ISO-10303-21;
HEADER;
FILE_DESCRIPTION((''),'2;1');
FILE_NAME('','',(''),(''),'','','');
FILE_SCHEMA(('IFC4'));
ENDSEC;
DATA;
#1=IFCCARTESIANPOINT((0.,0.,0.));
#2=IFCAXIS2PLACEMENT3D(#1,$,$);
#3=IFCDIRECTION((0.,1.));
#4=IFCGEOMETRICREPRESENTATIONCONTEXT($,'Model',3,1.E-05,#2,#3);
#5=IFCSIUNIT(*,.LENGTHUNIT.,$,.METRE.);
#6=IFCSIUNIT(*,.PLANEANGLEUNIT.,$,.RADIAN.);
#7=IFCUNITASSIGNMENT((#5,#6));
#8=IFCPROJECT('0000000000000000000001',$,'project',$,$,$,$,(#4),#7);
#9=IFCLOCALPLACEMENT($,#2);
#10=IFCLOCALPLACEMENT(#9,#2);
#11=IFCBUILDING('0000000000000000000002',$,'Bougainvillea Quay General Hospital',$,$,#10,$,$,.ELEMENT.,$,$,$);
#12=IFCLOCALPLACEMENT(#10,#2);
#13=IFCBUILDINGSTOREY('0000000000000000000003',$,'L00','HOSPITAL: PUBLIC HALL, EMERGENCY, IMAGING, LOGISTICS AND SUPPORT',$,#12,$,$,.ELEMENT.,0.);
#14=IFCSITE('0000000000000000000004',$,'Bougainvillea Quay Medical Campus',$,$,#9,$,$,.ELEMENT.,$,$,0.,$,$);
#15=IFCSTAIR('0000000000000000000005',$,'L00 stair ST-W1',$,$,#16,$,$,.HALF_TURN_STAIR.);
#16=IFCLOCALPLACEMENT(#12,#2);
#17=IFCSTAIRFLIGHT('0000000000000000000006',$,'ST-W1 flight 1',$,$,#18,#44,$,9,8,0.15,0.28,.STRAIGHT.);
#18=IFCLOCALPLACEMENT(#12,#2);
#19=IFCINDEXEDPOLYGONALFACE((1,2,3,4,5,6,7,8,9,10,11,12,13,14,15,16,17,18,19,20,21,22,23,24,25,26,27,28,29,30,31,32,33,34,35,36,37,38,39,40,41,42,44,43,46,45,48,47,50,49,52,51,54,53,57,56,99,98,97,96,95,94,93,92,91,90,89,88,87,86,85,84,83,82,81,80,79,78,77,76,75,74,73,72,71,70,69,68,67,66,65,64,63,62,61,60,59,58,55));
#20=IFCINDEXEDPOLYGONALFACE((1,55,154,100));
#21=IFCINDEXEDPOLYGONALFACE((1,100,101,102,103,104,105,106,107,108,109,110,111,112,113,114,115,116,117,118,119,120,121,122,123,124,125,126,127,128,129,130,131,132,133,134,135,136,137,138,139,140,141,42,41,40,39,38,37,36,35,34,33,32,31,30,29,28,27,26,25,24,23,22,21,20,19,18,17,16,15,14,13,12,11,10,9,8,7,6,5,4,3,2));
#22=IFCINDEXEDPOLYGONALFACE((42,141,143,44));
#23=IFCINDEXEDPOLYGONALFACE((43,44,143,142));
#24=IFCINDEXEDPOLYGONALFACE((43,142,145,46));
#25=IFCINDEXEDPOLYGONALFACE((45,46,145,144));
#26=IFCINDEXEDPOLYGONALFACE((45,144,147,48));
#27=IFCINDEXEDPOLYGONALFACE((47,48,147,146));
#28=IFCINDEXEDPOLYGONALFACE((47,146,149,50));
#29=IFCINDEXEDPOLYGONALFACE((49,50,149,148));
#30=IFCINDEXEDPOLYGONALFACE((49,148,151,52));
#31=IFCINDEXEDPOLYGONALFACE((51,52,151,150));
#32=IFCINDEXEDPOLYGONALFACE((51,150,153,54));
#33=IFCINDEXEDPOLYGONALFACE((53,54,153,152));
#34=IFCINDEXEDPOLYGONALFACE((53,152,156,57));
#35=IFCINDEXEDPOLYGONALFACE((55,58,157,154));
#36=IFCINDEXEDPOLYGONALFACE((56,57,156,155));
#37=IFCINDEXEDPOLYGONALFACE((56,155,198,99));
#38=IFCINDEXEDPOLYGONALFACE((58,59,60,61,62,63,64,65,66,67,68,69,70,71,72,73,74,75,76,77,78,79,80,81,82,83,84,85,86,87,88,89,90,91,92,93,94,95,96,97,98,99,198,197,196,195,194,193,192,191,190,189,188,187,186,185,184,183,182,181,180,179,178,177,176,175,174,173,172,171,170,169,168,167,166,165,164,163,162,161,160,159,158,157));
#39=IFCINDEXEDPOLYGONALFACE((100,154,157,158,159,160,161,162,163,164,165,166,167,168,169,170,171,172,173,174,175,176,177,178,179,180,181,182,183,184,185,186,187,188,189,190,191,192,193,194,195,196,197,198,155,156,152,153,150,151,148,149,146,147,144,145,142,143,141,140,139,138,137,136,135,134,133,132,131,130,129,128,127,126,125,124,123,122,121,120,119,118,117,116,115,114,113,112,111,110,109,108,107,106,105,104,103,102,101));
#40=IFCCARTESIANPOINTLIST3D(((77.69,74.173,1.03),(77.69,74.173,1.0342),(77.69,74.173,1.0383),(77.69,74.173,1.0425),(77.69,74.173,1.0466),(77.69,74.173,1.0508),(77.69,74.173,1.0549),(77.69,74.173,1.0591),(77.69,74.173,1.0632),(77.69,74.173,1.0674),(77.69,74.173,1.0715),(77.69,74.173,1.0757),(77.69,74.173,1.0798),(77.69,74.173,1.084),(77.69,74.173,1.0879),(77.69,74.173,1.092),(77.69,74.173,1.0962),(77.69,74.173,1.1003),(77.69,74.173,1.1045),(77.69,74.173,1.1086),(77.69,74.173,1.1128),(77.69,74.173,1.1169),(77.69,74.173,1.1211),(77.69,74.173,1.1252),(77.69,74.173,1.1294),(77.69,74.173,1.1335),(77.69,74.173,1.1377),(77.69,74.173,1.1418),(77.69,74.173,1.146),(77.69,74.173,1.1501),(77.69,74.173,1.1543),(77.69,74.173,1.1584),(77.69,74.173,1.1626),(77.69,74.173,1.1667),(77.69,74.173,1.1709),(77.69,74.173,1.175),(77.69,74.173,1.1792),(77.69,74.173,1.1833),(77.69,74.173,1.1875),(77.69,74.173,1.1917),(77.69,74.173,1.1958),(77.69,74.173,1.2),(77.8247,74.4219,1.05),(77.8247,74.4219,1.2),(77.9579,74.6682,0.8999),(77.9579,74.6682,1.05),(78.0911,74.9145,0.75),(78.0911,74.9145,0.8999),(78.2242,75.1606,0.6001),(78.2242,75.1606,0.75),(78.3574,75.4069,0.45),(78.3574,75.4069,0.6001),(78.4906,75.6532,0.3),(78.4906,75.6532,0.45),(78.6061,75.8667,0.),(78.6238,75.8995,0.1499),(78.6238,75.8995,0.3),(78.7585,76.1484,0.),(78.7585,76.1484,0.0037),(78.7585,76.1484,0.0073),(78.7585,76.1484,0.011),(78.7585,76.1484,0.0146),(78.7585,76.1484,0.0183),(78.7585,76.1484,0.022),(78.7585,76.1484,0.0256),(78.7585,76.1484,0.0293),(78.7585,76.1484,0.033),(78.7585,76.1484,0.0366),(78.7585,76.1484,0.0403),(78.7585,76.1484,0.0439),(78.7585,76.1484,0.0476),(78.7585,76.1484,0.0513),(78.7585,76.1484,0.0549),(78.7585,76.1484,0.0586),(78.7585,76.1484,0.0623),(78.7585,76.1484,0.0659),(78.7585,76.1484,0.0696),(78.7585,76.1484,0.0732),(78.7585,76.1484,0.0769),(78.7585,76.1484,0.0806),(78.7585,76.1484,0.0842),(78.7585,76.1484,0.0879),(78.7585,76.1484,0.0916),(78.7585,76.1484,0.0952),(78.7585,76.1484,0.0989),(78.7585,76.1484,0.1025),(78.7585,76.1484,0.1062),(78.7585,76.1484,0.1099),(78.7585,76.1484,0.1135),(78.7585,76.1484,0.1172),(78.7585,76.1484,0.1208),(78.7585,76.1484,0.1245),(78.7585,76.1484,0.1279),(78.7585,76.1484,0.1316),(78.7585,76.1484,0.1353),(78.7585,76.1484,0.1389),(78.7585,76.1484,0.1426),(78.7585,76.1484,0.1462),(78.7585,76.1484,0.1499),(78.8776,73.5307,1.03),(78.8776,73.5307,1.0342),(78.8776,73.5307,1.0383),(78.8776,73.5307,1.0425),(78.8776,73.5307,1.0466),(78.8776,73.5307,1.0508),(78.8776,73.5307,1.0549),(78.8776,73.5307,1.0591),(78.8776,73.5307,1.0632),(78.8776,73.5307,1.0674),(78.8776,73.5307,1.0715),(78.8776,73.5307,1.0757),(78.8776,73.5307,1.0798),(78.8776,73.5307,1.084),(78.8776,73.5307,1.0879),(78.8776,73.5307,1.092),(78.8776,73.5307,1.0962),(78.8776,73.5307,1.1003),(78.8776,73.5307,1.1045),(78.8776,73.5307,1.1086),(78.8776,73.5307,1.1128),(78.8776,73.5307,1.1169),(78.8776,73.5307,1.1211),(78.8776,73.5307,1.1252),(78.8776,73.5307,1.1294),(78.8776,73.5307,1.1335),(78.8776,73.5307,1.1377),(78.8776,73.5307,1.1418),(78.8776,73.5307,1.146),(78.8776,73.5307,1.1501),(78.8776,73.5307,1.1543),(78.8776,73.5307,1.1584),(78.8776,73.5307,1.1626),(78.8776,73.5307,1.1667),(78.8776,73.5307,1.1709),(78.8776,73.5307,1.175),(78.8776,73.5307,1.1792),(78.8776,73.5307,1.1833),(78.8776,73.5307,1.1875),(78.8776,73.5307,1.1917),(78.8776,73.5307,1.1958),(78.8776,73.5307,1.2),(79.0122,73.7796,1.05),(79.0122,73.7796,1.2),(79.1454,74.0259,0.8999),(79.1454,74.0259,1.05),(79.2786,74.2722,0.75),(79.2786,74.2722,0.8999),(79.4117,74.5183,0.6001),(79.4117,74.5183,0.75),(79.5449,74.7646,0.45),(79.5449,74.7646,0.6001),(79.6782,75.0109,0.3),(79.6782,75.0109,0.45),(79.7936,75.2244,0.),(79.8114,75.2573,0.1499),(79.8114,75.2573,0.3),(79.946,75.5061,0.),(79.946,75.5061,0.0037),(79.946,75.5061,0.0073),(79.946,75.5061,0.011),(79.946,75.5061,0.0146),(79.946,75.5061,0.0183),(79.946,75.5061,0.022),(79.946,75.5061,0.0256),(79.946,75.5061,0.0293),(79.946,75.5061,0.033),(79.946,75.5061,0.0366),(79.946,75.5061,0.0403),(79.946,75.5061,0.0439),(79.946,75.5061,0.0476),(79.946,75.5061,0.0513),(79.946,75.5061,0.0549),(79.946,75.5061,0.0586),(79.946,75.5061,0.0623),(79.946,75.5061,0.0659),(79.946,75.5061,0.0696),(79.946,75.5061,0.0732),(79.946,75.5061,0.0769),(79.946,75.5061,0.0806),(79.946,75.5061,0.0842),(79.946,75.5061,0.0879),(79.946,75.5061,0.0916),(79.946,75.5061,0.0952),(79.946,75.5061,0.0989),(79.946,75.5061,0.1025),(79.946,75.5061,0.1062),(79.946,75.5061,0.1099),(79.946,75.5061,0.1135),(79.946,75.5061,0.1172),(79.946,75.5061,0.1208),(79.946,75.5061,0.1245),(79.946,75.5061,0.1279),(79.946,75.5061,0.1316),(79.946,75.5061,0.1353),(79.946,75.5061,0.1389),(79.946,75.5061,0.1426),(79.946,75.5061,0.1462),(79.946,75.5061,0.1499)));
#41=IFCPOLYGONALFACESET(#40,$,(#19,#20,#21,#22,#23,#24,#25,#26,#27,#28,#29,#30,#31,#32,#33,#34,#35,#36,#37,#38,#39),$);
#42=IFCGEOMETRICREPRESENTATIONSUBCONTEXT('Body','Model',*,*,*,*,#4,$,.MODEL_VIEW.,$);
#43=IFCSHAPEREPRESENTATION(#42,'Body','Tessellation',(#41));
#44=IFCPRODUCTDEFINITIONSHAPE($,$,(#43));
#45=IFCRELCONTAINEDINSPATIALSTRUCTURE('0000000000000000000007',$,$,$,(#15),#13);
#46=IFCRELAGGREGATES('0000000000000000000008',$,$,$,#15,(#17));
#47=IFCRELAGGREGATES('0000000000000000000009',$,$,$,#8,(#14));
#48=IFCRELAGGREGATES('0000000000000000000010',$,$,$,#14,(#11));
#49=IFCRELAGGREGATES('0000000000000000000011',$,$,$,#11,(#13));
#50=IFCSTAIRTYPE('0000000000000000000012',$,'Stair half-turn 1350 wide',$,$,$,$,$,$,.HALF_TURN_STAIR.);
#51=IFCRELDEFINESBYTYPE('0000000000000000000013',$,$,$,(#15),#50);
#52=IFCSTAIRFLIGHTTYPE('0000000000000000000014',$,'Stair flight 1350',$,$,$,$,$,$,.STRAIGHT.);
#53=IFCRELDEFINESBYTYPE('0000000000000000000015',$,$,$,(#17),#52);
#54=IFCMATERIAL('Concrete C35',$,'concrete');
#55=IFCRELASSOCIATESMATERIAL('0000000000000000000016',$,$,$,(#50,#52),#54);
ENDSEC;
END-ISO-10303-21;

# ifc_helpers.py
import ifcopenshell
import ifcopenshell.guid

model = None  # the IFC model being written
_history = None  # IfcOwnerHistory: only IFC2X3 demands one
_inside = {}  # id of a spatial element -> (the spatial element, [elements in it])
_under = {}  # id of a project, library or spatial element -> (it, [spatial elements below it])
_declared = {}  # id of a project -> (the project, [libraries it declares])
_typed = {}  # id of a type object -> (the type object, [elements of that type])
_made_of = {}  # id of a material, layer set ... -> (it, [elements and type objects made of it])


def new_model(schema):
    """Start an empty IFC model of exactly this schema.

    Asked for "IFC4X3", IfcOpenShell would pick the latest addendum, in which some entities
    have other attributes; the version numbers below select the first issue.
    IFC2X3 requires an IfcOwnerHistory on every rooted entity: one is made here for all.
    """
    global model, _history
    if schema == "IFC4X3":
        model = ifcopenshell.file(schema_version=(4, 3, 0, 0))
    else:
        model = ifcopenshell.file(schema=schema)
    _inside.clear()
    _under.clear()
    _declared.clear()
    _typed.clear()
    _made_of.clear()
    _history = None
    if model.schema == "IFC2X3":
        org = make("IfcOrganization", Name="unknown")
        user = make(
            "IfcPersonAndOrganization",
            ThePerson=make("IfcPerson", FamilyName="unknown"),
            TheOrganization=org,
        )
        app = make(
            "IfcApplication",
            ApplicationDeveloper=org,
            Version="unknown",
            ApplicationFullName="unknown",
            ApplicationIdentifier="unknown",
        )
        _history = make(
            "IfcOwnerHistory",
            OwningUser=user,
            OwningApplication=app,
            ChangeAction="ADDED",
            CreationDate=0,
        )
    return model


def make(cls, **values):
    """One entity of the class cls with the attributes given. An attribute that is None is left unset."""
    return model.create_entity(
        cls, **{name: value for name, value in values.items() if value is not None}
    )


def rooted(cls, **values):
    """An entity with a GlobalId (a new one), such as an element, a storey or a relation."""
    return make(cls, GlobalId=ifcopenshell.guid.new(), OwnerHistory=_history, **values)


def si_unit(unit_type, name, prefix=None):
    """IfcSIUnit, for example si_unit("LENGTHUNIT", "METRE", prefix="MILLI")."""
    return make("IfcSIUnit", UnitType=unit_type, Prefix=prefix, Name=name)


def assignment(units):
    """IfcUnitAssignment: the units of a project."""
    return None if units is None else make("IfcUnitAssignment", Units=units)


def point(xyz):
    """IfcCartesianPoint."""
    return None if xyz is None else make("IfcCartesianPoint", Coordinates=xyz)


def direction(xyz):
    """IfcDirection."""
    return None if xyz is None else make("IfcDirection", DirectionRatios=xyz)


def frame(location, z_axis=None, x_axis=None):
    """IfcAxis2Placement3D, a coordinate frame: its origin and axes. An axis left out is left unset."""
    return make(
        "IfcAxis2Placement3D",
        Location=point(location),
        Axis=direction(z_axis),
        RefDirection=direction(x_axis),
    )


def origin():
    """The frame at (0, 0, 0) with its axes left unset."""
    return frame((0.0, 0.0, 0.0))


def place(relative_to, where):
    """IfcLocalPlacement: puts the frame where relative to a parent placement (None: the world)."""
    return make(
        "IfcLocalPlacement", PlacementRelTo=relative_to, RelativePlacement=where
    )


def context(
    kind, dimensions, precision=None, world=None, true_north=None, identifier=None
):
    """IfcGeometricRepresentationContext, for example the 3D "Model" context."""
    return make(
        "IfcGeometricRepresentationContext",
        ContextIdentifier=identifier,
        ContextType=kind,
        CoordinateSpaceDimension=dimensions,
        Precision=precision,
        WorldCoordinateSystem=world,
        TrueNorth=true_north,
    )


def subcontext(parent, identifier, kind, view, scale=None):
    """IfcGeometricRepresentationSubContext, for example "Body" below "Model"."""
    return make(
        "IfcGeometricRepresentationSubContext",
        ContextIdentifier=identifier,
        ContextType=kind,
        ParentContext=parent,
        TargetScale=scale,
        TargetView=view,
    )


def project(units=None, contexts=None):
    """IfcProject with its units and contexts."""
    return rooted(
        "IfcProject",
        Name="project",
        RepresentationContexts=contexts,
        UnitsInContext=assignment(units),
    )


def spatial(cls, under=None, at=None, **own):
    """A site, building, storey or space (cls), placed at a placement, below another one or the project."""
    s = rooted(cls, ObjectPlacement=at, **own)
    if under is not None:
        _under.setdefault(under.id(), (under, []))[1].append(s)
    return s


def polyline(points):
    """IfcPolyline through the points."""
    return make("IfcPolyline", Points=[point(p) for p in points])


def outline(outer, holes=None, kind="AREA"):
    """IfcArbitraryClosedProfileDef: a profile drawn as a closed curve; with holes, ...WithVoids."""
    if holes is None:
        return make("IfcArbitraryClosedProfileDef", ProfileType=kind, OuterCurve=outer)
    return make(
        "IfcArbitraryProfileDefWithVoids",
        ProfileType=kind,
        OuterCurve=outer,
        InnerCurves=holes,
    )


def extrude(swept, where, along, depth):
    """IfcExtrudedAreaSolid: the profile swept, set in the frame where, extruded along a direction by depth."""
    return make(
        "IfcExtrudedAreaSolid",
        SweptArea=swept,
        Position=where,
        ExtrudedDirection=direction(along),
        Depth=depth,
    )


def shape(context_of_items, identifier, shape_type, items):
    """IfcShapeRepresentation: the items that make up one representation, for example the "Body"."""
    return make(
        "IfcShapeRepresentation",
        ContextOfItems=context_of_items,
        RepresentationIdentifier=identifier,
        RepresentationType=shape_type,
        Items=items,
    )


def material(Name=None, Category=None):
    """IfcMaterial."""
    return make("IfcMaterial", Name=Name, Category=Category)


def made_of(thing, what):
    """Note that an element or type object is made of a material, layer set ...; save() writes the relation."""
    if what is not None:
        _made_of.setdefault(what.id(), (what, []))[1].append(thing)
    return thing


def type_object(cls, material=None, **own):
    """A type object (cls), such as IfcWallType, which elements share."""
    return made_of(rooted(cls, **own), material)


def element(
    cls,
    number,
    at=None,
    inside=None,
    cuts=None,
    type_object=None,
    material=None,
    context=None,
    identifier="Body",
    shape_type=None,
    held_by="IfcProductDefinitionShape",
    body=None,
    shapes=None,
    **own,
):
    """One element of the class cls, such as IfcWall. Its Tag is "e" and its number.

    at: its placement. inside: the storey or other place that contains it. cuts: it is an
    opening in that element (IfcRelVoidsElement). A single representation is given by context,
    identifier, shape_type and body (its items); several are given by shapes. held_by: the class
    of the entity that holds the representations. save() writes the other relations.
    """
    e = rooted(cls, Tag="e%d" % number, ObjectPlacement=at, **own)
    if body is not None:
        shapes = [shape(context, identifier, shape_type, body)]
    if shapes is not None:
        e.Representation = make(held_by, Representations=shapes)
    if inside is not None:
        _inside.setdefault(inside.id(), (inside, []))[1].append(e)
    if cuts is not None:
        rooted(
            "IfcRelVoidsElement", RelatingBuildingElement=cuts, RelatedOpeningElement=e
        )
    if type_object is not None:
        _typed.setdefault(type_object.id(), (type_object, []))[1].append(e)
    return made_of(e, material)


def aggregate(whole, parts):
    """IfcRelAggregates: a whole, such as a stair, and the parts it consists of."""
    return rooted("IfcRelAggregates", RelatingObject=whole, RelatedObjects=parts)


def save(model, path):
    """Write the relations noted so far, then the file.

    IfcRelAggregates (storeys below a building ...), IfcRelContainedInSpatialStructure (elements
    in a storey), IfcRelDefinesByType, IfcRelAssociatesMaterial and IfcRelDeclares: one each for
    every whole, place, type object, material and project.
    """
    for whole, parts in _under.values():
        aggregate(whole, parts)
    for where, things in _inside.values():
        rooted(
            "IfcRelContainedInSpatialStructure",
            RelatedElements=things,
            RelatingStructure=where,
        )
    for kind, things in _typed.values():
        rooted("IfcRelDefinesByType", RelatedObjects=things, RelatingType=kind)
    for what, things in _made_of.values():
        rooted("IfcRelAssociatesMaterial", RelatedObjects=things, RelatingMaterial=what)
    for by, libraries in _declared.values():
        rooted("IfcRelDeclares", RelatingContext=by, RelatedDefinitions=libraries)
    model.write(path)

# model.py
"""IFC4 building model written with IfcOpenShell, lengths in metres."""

from ifc_helpers import new_model, si_unit, direction, frame, origin, place, context, subcontext, project, spatial, polyline, outline, extrude, material, type_object, element, aggregate, save


model = new_model("IFC4")

# Units and contexts
model_context = context("Model", 3, precision=1e-05, world=origin(), true_north=direction((0.0, 1.0)))
body_context = subcontext(model_context, "Body", "Model", "MODEL_VIEW")
ifc_project = project(units=[si_unit("LENGTHUNIT", "METRE"), si_unit("PLANEANGLEUNIT", "RADIAN")], contexts=[model_context])

# Site, building, storey
site_placement = place(None, origin())
site = spatial("IfcSite", under=ifc_project, at=site_placement, Name="Bougainvillea Quay Medical Campus", CompositionType="ELEMENT", RefElevation=0.0)
building_placement = place(site_placement, origin())
building = spatial("IfcBuilding", under=site, at=building_placement, Name="Bougainvillea Quay General Hospital", CompositionType="ELEMENT")
storey_placement = place(building_placement, origin())
storey = spatial("IfcBuildingStorey", under=building, at=storey_placement, Name="L00", Description="HOSPITAL: PUBLIC HALL, EMERGENCY, IMAGING, LOGISTICS AND SUPPORT", CompositionType="ELEMENT", Elevation=0.0)

# Stair, stair flight
ifc_material_1 = material(Name="Concrete C35", Category="concrete")
stair_type = type_object("IfcStairType", Name="Stair half-turn 1350 wide", PredefinedType="HALF_TURN_STAIR", material=ifc_material_1)
stair_placement = place(storey_placement, origin())
stair = element("IfcStair", 1, at=stair_placement, inside=storey, type_object=stair_type, Name="L00 stair ST-W1", PredefinedType="HALF_TURN_STAIR")
stair_flight_type = type_object("IfcStairFlightType", Name="Stair flight 1350", PredefinedType="STRAIGHT", material=ifc_material_1)
stair_flight_1_placement = place(storey_placement, frame((79.3508, 75.8247, 0.0), z_axis=(0.0, 0.0, 1.0), x_axis=(-0.475726, -0.879594, 0.0)))
stair_flight_1 = element("IfcStairFlight", 2, at=stair_flight_1_placement, type_object=stair_flight_type, Name="ST-W1 flight 1", NumberOfRisers=9, NumberOfTreads=8, PredefinedType="STRAIGHT", RiserHeight=0.15, TreadLength=0.28, context=body_context, shape_type="SweptSolid", body=[
    extrude(outline(polyline([(-0.0029, 0.0), (-0.0029, 0.0037), (-0.0029, 0.0073), (-0.0029, 0.011), (-0.0029, 0.0146), (-0.0029, 0.0183), (-0.0029, 0.022), (-0.0029, 0.0256), (-0.0029, 0.0293), (-0.0029, 0.033), (-0.0029, 0.0366), (-0.0029, 0.0403), (-0.0029, 0.0439), (-0.0029, 0.0476), (-0.0029, 0.0513), (-0.0029, 0.0549), (-0.0029, 0.0586), (-0.0029, 0.0623), (-0.0029, 0.0659), (-0.0029, 0.0696), (-0.0029, 0.0732), (-0.0029, 0.0769), (-0.0029, 0.0806), (-0.0029, 0.0842), (-0.0029, 0.0879), (-0.0029, 0.0916), (-0.0029, 0.0952), (-0.0029, 0.0989), (-0.0029, 0.1025), (-0.0029, 0.1062), (-0.0029, 0.1099), (-0.0029, 0.1135), (-0.0029, 0.1172), (-0.0029, 0.1208), (-0.0029, 0.1245), (-0.0029, 0.1279), (-0.0029, 0.1316), (-0.0029, 0.1353), (-0.0029, 0.1389), (-0.0029, 0.1426), (-0.0029, 0.1462), (-0.0029, 0.1499), (0.28, 0.1499), (0.28, 0.3), (0.5601, 0.3), (0.5601, 0.45), (0.8401, 0.45), (0.8401, 0.6001), (1.1201, 0.6001), (1.1201, 0.75), (1.3999, 0.75), (1.3999, 0.8999), (1.6799, 0.8999), (1.6799, 1.05), (1.96, 1.05), (1.96, 1.2), (2.2429, 1.2), (2.2429, 1.1958), (2.2429, 1.1917), (2.2429, 1.1875), (2.2429, 1.1833), (2.2429, 1.1792), (2.2429, 1.175), (2.2429, 1.1709), (2.2429, 1.1667), (2.2429, 1.1626), (2.2429, 1.1584), (2.2429, 1.1543), (2.2429, 1.1501), (2.2429, 1.146), (2.2429, 1.1418), (2.2429, 1.1377), (2.2429, 1.1335), (2.2429, 1.1294), (2.2429, 1.1252), (2.2429, 1.1211), (2.2429, 1.1169), (2.2429, 1.1128), (2.2429, 1.1086), (2.2429, 1.1045), (2.2429, 1.1003), (2.2429, 1.0962), (2.2429, 1.092), (2.2429, 1.0879), (2.2429, 1.084), (2.2429, 1.0798), (2.2429, 1.0757), (2.2429, 1.0715), (2.2429, 1.0674), (2.2429, 1.0632), (2.2429, 1.0591), (2.2429, 1.0549), (2.2429, 1.0508), (2.2429, 1.0466), (2.2429, 1.0425), (2.2429, 1.0383), (2.2429, 1.0342), (2.2429, 1.03), (0.3174, 0.0), (-0.0029, 0.0)])), frame((0.0, 0.675, 0.0), z_axis=(0.0, -1.0, 0.0), x_axis=(1.0, 0.0, 0.0)), (0.0, 0.0, 1.0), 1.3501),
])
aggregate(stair, [stair_flight_1])

save(model, "model.ifc")
